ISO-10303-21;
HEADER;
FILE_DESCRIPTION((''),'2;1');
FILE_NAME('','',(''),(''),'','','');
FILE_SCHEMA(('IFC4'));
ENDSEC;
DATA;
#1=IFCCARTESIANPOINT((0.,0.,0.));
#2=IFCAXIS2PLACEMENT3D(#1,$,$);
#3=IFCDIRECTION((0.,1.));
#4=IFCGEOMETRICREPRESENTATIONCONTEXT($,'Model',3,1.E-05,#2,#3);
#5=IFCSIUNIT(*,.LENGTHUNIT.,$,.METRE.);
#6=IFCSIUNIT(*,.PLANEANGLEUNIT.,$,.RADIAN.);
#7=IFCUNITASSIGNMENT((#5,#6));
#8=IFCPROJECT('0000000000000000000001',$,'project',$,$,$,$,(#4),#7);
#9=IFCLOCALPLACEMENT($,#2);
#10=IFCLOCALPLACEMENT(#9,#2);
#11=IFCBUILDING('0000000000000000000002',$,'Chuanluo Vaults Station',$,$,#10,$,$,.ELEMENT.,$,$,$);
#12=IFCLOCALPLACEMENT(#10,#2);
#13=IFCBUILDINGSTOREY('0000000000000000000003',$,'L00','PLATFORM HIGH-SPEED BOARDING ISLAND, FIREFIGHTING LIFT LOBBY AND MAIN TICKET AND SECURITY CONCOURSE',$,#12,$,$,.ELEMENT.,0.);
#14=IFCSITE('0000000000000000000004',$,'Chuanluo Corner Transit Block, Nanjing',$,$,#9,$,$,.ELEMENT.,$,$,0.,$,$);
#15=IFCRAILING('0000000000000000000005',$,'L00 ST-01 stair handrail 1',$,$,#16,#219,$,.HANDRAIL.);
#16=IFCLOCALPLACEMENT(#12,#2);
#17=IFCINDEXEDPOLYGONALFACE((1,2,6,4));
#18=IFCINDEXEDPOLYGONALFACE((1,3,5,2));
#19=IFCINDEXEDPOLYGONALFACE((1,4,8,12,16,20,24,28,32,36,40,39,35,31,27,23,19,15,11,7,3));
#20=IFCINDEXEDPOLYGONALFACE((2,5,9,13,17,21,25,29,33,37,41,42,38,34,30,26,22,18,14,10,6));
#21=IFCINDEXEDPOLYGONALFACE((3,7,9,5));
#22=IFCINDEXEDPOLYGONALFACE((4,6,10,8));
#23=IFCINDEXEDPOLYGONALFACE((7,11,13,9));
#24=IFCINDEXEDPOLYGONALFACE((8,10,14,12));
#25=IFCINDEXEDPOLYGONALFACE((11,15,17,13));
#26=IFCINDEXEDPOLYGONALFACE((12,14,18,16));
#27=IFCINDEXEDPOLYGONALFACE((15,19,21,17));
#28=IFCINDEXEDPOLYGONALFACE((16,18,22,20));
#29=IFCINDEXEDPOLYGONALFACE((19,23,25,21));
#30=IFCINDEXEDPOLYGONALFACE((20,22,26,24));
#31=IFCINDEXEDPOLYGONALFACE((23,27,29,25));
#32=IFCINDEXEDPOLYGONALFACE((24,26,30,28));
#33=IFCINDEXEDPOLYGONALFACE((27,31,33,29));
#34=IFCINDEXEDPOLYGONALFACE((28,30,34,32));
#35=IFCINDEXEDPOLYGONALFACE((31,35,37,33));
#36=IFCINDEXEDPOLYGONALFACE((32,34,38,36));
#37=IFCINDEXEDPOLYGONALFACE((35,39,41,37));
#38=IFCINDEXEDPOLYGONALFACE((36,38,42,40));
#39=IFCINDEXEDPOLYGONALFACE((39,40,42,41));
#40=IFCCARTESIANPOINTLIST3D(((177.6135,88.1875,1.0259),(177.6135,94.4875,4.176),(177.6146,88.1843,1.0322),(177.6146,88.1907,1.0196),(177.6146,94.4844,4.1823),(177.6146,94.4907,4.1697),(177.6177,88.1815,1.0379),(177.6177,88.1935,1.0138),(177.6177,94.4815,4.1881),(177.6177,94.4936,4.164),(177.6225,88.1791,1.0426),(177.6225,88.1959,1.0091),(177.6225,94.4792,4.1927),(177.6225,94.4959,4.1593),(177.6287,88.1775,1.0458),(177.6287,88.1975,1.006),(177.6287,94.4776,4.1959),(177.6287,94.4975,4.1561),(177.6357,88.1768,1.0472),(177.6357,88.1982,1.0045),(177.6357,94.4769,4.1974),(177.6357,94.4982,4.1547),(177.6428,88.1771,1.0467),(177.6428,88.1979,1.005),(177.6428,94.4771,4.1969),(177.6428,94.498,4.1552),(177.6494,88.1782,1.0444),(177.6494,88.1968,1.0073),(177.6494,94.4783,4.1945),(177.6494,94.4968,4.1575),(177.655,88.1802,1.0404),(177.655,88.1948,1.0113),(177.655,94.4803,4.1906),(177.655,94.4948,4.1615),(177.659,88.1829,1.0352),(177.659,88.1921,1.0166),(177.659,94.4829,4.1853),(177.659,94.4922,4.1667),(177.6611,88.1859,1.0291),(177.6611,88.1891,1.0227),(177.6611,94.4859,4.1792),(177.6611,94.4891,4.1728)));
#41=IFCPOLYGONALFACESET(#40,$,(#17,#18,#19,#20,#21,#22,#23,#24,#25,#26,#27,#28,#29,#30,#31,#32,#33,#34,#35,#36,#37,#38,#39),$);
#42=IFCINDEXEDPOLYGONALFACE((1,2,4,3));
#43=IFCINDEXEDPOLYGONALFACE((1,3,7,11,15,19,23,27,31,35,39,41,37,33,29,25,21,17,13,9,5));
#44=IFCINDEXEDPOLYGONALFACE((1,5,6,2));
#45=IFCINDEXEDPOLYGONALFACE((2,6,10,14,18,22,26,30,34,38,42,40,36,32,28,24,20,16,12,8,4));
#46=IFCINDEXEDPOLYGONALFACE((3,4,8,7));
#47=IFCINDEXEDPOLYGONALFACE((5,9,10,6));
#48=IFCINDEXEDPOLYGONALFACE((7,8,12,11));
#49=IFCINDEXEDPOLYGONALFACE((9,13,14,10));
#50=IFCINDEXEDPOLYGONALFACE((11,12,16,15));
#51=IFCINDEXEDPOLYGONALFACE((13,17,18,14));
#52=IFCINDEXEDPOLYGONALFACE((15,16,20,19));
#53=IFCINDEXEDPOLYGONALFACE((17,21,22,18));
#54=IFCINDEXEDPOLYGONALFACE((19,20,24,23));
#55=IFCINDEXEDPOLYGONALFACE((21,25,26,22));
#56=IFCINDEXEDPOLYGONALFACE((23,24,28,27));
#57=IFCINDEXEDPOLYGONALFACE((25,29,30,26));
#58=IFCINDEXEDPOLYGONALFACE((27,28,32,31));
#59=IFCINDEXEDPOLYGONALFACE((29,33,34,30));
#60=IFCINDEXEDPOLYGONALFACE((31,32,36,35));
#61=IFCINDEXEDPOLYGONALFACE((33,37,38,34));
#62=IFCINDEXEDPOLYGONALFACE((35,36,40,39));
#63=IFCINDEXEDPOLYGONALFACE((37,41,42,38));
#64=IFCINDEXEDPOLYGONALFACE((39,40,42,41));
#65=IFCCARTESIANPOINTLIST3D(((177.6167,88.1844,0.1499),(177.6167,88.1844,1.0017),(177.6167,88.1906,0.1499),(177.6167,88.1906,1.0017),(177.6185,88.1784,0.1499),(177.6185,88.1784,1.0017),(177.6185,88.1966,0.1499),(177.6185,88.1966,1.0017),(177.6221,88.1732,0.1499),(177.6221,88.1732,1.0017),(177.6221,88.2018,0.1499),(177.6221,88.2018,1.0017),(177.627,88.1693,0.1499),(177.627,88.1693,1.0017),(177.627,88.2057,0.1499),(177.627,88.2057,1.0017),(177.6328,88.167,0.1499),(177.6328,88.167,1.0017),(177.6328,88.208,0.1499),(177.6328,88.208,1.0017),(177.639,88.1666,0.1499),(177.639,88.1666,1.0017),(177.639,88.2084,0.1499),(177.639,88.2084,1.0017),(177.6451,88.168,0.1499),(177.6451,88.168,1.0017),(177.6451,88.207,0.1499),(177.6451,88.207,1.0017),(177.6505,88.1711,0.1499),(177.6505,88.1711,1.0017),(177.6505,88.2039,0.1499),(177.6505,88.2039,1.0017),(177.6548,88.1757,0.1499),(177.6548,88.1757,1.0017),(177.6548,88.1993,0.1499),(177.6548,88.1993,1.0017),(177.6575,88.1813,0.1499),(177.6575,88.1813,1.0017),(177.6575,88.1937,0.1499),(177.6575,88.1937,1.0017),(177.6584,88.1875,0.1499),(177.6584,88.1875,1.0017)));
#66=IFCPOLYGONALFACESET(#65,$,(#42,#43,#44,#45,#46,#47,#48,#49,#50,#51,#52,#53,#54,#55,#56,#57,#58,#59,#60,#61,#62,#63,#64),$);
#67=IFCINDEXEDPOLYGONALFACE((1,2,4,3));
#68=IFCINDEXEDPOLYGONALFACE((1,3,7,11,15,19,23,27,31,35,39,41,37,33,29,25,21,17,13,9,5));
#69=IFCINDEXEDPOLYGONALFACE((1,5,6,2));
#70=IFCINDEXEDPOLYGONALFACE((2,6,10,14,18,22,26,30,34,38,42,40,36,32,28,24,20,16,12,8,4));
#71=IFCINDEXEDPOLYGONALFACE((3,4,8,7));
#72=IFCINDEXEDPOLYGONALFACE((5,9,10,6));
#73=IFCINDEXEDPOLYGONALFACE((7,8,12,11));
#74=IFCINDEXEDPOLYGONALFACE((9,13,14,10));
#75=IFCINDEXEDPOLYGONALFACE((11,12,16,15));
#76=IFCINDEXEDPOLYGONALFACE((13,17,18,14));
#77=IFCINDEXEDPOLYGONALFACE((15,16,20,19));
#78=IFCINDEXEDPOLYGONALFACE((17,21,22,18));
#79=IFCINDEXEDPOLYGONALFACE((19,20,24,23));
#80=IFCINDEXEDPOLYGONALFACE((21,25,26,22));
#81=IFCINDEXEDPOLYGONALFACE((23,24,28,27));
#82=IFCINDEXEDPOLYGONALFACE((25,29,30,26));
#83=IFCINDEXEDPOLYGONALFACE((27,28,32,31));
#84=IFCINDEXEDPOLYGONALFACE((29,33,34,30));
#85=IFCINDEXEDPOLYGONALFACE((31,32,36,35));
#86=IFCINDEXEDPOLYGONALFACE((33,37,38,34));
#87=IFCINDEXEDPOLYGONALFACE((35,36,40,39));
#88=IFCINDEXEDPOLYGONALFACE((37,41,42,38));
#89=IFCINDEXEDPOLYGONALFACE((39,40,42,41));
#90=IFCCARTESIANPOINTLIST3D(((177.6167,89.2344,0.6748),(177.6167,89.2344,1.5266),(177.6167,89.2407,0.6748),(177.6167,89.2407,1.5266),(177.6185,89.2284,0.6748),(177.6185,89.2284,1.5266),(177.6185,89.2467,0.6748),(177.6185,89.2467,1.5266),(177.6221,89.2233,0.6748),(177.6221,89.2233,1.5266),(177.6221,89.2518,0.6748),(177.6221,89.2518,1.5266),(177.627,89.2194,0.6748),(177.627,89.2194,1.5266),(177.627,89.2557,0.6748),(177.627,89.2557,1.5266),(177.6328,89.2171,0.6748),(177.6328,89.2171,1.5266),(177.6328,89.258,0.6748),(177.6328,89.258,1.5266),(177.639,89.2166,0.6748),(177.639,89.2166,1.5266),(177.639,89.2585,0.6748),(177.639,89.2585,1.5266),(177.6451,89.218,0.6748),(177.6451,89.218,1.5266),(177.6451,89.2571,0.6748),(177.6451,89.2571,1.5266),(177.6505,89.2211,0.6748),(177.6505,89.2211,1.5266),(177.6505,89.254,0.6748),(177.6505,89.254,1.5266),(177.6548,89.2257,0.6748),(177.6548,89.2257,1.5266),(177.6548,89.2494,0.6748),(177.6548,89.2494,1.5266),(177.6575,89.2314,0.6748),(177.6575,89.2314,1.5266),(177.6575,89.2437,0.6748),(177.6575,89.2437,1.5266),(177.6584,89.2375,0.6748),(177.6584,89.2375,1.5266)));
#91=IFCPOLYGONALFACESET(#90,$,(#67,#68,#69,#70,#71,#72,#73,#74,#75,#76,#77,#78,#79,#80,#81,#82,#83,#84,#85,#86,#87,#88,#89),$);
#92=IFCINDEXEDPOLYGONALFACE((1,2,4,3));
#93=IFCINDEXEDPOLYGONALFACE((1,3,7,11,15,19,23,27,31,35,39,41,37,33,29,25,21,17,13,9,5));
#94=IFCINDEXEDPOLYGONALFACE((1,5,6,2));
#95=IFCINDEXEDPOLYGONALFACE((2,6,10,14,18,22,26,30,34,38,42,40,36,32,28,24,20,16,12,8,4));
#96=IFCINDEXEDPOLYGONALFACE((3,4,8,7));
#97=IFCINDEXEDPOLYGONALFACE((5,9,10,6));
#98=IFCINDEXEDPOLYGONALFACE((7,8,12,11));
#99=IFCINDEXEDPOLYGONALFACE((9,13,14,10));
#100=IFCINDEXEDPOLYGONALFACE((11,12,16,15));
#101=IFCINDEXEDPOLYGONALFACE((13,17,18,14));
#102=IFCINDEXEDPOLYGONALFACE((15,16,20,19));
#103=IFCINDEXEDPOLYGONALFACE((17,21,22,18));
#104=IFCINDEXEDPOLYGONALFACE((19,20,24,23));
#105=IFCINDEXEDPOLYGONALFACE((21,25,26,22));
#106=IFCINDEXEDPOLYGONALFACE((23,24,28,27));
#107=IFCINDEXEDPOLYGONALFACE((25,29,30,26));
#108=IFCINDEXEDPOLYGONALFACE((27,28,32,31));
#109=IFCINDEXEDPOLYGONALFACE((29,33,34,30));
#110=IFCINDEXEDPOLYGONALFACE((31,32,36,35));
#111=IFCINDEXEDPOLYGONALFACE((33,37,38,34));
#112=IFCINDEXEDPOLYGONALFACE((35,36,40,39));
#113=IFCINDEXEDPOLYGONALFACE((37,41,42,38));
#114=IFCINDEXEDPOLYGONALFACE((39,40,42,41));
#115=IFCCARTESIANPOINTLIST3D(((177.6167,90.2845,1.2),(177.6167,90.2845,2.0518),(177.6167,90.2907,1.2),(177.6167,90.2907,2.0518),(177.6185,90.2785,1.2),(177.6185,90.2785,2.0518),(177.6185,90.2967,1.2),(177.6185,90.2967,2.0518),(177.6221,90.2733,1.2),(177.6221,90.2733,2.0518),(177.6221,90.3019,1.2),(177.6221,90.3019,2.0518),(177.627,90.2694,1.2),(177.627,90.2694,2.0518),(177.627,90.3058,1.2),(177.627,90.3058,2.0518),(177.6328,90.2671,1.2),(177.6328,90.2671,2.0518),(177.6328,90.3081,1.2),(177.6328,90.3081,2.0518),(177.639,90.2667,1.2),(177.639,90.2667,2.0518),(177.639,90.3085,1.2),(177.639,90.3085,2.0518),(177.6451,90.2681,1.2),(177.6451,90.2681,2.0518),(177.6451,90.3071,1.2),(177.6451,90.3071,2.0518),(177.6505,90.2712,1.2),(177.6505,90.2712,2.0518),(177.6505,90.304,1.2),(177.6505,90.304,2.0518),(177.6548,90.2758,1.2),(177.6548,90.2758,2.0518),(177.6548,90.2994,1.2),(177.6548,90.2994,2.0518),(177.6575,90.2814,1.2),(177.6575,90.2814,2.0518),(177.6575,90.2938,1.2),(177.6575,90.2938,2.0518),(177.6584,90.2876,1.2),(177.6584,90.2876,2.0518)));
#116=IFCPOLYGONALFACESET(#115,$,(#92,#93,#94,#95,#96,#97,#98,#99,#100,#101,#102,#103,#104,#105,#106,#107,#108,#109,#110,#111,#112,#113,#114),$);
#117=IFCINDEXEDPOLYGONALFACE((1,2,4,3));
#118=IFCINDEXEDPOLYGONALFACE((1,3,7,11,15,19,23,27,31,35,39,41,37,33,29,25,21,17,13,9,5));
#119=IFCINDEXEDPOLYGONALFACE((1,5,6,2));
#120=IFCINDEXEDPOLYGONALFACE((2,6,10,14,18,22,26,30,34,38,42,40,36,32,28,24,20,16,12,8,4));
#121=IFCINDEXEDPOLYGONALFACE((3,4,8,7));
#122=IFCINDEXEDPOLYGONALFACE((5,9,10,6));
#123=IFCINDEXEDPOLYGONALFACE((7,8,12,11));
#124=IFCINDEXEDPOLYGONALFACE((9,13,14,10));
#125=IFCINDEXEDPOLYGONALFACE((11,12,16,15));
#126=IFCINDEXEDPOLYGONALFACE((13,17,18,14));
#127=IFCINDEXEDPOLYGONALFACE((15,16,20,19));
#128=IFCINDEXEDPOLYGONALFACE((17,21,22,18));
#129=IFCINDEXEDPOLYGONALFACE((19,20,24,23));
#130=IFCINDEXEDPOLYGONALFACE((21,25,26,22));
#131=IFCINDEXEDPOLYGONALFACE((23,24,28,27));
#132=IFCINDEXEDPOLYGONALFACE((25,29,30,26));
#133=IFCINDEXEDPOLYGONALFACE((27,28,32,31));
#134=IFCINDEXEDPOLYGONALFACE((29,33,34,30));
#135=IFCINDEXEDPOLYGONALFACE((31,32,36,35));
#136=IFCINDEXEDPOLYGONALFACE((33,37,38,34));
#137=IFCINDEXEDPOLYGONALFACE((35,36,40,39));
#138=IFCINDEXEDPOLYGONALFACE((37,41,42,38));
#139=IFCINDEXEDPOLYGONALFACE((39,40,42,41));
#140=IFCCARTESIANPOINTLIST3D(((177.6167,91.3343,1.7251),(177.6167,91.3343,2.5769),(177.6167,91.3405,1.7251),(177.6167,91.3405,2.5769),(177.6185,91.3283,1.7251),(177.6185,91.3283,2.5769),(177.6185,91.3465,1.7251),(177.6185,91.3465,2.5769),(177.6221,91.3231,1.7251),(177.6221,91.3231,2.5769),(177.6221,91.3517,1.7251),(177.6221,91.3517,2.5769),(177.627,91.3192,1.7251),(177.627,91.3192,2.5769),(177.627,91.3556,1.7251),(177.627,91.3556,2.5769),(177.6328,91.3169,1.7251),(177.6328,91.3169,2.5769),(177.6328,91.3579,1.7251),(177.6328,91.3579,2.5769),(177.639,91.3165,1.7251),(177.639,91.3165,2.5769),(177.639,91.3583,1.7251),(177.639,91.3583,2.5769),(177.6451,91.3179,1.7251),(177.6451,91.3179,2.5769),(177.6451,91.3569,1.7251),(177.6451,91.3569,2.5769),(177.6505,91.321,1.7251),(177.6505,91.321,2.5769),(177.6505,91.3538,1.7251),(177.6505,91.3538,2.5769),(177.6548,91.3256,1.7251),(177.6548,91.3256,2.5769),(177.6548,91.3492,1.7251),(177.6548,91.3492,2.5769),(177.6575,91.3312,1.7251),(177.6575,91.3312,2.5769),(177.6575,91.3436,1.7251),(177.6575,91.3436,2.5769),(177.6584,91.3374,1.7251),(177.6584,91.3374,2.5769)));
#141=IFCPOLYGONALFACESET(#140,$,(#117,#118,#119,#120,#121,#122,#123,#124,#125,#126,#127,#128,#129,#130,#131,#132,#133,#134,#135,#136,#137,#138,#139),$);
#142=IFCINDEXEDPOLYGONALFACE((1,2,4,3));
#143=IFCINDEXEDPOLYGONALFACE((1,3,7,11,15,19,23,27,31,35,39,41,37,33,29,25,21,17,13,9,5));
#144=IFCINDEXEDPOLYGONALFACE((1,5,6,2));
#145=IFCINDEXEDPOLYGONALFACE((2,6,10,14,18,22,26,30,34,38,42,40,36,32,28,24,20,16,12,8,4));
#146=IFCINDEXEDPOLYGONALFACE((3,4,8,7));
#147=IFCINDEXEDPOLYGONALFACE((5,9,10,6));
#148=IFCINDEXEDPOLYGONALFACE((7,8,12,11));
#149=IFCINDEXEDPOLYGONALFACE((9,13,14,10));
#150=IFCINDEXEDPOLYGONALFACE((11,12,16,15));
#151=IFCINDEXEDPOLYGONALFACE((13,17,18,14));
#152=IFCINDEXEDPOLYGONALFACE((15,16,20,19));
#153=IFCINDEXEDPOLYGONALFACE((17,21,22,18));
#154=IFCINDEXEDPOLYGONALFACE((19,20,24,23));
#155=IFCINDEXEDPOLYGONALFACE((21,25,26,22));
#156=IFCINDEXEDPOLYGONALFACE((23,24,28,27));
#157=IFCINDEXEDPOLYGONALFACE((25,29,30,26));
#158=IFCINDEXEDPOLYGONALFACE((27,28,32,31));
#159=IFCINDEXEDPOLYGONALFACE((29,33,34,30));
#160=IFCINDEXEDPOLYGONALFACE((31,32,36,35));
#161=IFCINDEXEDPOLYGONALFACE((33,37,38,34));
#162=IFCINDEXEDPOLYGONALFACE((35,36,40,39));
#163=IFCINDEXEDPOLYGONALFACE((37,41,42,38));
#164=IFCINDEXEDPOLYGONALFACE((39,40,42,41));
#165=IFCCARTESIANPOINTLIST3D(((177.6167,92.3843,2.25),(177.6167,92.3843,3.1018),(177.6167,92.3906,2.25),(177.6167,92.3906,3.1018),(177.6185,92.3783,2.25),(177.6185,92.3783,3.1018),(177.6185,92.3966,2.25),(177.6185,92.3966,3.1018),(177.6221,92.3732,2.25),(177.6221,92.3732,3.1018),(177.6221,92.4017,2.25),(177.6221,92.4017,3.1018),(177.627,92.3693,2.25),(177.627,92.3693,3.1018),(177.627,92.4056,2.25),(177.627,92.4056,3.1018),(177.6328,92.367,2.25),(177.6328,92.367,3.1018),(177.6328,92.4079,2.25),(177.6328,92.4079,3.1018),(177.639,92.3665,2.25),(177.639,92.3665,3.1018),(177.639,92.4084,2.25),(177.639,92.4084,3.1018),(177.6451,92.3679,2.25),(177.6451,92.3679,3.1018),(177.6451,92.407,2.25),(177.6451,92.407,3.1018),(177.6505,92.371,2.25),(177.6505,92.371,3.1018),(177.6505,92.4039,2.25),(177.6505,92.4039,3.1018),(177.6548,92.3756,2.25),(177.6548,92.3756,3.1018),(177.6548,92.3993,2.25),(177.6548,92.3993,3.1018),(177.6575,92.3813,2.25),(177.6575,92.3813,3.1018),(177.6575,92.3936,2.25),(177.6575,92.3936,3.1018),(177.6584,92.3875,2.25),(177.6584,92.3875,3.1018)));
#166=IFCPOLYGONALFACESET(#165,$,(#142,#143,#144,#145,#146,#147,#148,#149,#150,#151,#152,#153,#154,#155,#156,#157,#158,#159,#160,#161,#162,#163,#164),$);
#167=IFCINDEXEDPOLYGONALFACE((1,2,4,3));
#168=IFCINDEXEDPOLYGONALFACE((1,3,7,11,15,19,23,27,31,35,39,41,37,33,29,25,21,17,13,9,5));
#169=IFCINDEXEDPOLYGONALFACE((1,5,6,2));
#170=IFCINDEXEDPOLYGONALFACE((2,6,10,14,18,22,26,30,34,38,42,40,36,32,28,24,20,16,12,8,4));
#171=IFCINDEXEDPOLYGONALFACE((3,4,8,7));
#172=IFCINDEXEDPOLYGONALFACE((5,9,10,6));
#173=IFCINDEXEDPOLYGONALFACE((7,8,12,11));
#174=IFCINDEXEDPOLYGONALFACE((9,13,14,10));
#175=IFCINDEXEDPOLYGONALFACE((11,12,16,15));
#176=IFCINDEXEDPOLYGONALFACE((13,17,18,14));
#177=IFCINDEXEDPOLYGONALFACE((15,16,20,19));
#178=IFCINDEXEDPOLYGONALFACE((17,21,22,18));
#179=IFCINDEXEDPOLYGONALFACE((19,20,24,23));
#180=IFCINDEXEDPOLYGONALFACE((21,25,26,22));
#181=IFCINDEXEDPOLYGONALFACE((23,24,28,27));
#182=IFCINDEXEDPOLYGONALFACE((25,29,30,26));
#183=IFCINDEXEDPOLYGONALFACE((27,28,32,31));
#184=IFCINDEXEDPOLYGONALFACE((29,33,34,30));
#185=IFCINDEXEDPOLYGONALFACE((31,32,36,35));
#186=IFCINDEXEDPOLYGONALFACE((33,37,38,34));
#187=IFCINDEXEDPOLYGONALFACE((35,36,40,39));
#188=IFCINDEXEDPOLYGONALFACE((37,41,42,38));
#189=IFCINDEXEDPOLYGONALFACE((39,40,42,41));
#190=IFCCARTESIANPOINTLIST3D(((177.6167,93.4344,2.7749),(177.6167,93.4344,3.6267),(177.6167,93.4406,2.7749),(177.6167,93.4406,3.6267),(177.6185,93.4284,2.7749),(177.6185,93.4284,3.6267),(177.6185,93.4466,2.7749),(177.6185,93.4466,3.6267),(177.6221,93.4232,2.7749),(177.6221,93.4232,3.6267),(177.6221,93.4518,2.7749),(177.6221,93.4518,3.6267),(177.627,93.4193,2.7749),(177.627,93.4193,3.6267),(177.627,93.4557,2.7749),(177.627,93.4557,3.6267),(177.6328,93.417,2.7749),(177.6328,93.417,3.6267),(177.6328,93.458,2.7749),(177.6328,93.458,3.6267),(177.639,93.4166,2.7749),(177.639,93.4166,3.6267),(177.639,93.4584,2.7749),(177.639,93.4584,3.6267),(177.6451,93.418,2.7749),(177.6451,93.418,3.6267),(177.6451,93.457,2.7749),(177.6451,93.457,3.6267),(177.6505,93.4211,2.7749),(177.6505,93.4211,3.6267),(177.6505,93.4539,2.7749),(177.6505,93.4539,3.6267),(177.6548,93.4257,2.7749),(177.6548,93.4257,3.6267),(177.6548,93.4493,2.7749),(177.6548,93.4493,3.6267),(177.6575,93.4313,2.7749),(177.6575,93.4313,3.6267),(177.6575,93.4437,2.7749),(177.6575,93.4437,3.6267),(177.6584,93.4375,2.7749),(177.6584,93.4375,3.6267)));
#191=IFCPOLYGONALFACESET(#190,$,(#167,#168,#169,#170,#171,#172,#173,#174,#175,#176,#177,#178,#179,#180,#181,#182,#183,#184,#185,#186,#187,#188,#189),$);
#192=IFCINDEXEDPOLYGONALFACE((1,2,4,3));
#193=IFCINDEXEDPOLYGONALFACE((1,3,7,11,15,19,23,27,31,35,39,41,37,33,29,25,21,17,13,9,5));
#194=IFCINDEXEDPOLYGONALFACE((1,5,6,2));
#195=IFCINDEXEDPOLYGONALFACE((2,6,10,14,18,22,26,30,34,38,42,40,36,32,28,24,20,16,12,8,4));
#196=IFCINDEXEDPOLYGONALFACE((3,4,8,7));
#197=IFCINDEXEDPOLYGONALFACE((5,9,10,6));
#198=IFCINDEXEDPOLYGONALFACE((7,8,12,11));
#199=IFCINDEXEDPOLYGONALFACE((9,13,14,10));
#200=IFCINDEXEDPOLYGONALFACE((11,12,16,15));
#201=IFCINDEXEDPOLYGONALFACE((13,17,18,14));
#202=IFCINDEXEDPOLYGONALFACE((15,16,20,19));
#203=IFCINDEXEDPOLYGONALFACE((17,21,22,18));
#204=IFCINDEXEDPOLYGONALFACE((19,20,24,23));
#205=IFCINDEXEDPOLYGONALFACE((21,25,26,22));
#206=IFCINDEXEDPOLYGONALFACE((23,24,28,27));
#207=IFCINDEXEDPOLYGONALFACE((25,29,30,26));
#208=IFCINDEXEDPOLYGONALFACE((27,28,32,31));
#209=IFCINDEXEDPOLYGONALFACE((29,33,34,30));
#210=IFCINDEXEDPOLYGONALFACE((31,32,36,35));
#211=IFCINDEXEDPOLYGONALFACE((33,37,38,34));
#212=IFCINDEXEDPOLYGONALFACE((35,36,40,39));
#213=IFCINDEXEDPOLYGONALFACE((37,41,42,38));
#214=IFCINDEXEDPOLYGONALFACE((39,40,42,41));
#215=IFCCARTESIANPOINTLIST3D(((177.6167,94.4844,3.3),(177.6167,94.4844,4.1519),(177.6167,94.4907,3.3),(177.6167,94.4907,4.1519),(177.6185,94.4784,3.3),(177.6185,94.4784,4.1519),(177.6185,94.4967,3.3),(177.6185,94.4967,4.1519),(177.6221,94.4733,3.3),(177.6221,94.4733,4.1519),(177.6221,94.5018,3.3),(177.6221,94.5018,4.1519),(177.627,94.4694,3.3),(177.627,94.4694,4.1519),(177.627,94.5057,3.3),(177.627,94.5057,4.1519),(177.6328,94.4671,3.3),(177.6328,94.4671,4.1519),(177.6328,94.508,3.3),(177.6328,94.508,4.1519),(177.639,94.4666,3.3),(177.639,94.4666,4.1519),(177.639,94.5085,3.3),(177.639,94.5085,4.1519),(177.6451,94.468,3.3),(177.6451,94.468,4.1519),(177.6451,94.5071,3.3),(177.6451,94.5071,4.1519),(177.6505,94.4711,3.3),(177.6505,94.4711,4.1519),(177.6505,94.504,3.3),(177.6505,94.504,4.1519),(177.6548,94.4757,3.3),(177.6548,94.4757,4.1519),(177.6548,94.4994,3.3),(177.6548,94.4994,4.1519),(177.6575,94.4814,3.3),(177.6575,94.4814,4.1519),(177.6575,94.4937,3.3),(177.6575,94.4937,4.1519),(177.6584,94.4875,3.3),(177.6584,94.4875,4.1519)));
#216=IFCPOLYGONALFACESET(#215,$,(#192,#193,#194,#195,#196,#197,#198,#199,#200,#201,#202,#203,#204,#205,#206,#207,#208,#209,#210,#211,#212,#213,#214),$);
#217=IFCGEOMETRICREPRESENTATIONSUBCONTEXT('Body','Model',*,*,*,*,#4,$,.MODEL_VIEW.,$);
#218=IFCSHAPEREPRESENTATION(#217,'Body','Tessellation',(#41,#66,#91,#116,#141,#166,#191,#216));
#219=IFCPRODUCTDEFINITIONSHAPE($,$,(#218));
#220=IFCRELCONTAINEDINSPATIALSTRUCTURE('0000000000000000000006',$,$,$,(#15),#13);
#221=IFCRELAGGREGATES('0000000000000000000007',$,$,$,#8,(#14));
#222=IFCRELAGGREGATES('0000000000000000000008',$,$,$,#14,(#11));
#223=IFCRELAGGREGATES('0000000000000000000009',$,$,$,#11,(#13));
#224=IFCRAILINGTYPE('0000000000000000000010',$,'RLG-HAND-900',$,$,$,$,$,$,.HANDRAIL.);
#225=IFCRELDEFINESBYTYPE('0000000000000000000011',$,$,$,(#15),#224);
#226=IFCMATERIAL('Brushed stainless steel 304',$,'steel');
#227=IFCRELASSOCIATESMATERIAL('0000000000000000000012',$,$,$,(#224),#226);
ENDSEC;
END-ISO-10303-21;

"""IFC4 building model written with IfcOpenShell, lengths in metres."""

from ifc_helpers import new_model, si_unit, direction, frame, origin, origin_2d, place, context, subcontext, project, spatial, circle, extrude, material, type_object, element, save


model = new_model("IFC4")

# Units and contexts
model_context = context("Model", 3, precision=1e-05, world=origin(), true_north=direction((0.0, 1.0)))
body_context = subcontext(model_context, "Body", "Model", "MODEL_VIEW")
ifc_project = project(units=[si_unit("LENGTHUNIT", "METRE"), si_unit("PLANEANGLEUNIT", "RADIAN")], contexts=[model_context])

# Site, building, storey
site_placement = place(None, origin())
site = spatial("IfcSite", under=ifc_project, at=site_placement, Name="Chuanluo Corner Transit Block, Nanjing", CompositionType="ELEMENT", RefElevation=0.0)
building_placement = place(site_placement, origin())
building = spatial("IfcBuilding", under=site, at=building_placement, Name="Chuanluo Vaults Station", CompositionType="ELEMENT")
storey_placement = place(building_placement, origin())
storey = spatial("IfcBuildingStorey", under=building, at=storey_placement, Name="L00", Description="PLATFORM HIGH-SPEED BOARDING ISLAND, FIREFIGHTING LIFT LOBBY AND MAIN TICKET AND SECURITY CONCOURSE", CompositionType="ELEMENT", Elevation=0.0)

# Railing
ifc_material_1 = material(Name="Brushed stainless steel 304", Category="steel")
railing_type_1 = type_object("IfcRailingType", Name="RLG-HAND-900", PredefinedType="HANDRAIL", material=ifc_material_1)
railing_1_placement = place(storey_placement, frame((177.6375, 88.1875, 0.1499)))
element("IfcRailing", 1, at=railing_1_placement, inside=storey, type_object=railing_type_1, Name="L00 ST-01 stair handrail 1", PredefinedType="HANDRAIL", context=body_context, shape_type="SweptSolid", body=[
    extrude(circle(Radius=0.0239, at=origin_2d()), frame((0.0, 0.0, 0.876), z_axis=(0.0, 0.89442, 0.447227), x_axis=(-1.0, 0.0, 0.0)), (0.0, 0.0, 1.0), 7.0437),
    extrude(circle(Radius=0.021, at=origin_2d()), origin(), (0.0, 0.0, 1.0), 0.8518),
    extrude(circle(Radius=0.021, at=origin_2d()), frame((0.0, 1.05, 0.5249)), (0.0, 0.0, 1.0), 0.8518),
    extrude(circle(Radius=0.021, at=origin_2d()), frame((0.0, 2.1001, 1.05)), (0.0, 0.0, 1.0), 0.8518),
    extrude(circle(Radius=0.021, at=origin_2d()), frame((0.0, 3.1499, 1.5752)), (0.0, 0.0, 1.0), 0.8518),
    extrude(circle(Radius=0.021, at=origin_2d()), frame((0.0, 4.2, 2.1001)), (0.0, 0.0, 1.0), 0.8518),
    extrude(circle(Radius=0.021, at=origin_2d()), frame((0.0, 5.25, 2.625)), (0.0, 0.0, 1.0), 0.8518),
    extrude(circle(Radius=0.021, at=origin_2d()), frame((0.0, 6.3, 3.1501)), (0.0, 0.0, 1.0), 0.8518),
])

save(model, "model.ifc")
